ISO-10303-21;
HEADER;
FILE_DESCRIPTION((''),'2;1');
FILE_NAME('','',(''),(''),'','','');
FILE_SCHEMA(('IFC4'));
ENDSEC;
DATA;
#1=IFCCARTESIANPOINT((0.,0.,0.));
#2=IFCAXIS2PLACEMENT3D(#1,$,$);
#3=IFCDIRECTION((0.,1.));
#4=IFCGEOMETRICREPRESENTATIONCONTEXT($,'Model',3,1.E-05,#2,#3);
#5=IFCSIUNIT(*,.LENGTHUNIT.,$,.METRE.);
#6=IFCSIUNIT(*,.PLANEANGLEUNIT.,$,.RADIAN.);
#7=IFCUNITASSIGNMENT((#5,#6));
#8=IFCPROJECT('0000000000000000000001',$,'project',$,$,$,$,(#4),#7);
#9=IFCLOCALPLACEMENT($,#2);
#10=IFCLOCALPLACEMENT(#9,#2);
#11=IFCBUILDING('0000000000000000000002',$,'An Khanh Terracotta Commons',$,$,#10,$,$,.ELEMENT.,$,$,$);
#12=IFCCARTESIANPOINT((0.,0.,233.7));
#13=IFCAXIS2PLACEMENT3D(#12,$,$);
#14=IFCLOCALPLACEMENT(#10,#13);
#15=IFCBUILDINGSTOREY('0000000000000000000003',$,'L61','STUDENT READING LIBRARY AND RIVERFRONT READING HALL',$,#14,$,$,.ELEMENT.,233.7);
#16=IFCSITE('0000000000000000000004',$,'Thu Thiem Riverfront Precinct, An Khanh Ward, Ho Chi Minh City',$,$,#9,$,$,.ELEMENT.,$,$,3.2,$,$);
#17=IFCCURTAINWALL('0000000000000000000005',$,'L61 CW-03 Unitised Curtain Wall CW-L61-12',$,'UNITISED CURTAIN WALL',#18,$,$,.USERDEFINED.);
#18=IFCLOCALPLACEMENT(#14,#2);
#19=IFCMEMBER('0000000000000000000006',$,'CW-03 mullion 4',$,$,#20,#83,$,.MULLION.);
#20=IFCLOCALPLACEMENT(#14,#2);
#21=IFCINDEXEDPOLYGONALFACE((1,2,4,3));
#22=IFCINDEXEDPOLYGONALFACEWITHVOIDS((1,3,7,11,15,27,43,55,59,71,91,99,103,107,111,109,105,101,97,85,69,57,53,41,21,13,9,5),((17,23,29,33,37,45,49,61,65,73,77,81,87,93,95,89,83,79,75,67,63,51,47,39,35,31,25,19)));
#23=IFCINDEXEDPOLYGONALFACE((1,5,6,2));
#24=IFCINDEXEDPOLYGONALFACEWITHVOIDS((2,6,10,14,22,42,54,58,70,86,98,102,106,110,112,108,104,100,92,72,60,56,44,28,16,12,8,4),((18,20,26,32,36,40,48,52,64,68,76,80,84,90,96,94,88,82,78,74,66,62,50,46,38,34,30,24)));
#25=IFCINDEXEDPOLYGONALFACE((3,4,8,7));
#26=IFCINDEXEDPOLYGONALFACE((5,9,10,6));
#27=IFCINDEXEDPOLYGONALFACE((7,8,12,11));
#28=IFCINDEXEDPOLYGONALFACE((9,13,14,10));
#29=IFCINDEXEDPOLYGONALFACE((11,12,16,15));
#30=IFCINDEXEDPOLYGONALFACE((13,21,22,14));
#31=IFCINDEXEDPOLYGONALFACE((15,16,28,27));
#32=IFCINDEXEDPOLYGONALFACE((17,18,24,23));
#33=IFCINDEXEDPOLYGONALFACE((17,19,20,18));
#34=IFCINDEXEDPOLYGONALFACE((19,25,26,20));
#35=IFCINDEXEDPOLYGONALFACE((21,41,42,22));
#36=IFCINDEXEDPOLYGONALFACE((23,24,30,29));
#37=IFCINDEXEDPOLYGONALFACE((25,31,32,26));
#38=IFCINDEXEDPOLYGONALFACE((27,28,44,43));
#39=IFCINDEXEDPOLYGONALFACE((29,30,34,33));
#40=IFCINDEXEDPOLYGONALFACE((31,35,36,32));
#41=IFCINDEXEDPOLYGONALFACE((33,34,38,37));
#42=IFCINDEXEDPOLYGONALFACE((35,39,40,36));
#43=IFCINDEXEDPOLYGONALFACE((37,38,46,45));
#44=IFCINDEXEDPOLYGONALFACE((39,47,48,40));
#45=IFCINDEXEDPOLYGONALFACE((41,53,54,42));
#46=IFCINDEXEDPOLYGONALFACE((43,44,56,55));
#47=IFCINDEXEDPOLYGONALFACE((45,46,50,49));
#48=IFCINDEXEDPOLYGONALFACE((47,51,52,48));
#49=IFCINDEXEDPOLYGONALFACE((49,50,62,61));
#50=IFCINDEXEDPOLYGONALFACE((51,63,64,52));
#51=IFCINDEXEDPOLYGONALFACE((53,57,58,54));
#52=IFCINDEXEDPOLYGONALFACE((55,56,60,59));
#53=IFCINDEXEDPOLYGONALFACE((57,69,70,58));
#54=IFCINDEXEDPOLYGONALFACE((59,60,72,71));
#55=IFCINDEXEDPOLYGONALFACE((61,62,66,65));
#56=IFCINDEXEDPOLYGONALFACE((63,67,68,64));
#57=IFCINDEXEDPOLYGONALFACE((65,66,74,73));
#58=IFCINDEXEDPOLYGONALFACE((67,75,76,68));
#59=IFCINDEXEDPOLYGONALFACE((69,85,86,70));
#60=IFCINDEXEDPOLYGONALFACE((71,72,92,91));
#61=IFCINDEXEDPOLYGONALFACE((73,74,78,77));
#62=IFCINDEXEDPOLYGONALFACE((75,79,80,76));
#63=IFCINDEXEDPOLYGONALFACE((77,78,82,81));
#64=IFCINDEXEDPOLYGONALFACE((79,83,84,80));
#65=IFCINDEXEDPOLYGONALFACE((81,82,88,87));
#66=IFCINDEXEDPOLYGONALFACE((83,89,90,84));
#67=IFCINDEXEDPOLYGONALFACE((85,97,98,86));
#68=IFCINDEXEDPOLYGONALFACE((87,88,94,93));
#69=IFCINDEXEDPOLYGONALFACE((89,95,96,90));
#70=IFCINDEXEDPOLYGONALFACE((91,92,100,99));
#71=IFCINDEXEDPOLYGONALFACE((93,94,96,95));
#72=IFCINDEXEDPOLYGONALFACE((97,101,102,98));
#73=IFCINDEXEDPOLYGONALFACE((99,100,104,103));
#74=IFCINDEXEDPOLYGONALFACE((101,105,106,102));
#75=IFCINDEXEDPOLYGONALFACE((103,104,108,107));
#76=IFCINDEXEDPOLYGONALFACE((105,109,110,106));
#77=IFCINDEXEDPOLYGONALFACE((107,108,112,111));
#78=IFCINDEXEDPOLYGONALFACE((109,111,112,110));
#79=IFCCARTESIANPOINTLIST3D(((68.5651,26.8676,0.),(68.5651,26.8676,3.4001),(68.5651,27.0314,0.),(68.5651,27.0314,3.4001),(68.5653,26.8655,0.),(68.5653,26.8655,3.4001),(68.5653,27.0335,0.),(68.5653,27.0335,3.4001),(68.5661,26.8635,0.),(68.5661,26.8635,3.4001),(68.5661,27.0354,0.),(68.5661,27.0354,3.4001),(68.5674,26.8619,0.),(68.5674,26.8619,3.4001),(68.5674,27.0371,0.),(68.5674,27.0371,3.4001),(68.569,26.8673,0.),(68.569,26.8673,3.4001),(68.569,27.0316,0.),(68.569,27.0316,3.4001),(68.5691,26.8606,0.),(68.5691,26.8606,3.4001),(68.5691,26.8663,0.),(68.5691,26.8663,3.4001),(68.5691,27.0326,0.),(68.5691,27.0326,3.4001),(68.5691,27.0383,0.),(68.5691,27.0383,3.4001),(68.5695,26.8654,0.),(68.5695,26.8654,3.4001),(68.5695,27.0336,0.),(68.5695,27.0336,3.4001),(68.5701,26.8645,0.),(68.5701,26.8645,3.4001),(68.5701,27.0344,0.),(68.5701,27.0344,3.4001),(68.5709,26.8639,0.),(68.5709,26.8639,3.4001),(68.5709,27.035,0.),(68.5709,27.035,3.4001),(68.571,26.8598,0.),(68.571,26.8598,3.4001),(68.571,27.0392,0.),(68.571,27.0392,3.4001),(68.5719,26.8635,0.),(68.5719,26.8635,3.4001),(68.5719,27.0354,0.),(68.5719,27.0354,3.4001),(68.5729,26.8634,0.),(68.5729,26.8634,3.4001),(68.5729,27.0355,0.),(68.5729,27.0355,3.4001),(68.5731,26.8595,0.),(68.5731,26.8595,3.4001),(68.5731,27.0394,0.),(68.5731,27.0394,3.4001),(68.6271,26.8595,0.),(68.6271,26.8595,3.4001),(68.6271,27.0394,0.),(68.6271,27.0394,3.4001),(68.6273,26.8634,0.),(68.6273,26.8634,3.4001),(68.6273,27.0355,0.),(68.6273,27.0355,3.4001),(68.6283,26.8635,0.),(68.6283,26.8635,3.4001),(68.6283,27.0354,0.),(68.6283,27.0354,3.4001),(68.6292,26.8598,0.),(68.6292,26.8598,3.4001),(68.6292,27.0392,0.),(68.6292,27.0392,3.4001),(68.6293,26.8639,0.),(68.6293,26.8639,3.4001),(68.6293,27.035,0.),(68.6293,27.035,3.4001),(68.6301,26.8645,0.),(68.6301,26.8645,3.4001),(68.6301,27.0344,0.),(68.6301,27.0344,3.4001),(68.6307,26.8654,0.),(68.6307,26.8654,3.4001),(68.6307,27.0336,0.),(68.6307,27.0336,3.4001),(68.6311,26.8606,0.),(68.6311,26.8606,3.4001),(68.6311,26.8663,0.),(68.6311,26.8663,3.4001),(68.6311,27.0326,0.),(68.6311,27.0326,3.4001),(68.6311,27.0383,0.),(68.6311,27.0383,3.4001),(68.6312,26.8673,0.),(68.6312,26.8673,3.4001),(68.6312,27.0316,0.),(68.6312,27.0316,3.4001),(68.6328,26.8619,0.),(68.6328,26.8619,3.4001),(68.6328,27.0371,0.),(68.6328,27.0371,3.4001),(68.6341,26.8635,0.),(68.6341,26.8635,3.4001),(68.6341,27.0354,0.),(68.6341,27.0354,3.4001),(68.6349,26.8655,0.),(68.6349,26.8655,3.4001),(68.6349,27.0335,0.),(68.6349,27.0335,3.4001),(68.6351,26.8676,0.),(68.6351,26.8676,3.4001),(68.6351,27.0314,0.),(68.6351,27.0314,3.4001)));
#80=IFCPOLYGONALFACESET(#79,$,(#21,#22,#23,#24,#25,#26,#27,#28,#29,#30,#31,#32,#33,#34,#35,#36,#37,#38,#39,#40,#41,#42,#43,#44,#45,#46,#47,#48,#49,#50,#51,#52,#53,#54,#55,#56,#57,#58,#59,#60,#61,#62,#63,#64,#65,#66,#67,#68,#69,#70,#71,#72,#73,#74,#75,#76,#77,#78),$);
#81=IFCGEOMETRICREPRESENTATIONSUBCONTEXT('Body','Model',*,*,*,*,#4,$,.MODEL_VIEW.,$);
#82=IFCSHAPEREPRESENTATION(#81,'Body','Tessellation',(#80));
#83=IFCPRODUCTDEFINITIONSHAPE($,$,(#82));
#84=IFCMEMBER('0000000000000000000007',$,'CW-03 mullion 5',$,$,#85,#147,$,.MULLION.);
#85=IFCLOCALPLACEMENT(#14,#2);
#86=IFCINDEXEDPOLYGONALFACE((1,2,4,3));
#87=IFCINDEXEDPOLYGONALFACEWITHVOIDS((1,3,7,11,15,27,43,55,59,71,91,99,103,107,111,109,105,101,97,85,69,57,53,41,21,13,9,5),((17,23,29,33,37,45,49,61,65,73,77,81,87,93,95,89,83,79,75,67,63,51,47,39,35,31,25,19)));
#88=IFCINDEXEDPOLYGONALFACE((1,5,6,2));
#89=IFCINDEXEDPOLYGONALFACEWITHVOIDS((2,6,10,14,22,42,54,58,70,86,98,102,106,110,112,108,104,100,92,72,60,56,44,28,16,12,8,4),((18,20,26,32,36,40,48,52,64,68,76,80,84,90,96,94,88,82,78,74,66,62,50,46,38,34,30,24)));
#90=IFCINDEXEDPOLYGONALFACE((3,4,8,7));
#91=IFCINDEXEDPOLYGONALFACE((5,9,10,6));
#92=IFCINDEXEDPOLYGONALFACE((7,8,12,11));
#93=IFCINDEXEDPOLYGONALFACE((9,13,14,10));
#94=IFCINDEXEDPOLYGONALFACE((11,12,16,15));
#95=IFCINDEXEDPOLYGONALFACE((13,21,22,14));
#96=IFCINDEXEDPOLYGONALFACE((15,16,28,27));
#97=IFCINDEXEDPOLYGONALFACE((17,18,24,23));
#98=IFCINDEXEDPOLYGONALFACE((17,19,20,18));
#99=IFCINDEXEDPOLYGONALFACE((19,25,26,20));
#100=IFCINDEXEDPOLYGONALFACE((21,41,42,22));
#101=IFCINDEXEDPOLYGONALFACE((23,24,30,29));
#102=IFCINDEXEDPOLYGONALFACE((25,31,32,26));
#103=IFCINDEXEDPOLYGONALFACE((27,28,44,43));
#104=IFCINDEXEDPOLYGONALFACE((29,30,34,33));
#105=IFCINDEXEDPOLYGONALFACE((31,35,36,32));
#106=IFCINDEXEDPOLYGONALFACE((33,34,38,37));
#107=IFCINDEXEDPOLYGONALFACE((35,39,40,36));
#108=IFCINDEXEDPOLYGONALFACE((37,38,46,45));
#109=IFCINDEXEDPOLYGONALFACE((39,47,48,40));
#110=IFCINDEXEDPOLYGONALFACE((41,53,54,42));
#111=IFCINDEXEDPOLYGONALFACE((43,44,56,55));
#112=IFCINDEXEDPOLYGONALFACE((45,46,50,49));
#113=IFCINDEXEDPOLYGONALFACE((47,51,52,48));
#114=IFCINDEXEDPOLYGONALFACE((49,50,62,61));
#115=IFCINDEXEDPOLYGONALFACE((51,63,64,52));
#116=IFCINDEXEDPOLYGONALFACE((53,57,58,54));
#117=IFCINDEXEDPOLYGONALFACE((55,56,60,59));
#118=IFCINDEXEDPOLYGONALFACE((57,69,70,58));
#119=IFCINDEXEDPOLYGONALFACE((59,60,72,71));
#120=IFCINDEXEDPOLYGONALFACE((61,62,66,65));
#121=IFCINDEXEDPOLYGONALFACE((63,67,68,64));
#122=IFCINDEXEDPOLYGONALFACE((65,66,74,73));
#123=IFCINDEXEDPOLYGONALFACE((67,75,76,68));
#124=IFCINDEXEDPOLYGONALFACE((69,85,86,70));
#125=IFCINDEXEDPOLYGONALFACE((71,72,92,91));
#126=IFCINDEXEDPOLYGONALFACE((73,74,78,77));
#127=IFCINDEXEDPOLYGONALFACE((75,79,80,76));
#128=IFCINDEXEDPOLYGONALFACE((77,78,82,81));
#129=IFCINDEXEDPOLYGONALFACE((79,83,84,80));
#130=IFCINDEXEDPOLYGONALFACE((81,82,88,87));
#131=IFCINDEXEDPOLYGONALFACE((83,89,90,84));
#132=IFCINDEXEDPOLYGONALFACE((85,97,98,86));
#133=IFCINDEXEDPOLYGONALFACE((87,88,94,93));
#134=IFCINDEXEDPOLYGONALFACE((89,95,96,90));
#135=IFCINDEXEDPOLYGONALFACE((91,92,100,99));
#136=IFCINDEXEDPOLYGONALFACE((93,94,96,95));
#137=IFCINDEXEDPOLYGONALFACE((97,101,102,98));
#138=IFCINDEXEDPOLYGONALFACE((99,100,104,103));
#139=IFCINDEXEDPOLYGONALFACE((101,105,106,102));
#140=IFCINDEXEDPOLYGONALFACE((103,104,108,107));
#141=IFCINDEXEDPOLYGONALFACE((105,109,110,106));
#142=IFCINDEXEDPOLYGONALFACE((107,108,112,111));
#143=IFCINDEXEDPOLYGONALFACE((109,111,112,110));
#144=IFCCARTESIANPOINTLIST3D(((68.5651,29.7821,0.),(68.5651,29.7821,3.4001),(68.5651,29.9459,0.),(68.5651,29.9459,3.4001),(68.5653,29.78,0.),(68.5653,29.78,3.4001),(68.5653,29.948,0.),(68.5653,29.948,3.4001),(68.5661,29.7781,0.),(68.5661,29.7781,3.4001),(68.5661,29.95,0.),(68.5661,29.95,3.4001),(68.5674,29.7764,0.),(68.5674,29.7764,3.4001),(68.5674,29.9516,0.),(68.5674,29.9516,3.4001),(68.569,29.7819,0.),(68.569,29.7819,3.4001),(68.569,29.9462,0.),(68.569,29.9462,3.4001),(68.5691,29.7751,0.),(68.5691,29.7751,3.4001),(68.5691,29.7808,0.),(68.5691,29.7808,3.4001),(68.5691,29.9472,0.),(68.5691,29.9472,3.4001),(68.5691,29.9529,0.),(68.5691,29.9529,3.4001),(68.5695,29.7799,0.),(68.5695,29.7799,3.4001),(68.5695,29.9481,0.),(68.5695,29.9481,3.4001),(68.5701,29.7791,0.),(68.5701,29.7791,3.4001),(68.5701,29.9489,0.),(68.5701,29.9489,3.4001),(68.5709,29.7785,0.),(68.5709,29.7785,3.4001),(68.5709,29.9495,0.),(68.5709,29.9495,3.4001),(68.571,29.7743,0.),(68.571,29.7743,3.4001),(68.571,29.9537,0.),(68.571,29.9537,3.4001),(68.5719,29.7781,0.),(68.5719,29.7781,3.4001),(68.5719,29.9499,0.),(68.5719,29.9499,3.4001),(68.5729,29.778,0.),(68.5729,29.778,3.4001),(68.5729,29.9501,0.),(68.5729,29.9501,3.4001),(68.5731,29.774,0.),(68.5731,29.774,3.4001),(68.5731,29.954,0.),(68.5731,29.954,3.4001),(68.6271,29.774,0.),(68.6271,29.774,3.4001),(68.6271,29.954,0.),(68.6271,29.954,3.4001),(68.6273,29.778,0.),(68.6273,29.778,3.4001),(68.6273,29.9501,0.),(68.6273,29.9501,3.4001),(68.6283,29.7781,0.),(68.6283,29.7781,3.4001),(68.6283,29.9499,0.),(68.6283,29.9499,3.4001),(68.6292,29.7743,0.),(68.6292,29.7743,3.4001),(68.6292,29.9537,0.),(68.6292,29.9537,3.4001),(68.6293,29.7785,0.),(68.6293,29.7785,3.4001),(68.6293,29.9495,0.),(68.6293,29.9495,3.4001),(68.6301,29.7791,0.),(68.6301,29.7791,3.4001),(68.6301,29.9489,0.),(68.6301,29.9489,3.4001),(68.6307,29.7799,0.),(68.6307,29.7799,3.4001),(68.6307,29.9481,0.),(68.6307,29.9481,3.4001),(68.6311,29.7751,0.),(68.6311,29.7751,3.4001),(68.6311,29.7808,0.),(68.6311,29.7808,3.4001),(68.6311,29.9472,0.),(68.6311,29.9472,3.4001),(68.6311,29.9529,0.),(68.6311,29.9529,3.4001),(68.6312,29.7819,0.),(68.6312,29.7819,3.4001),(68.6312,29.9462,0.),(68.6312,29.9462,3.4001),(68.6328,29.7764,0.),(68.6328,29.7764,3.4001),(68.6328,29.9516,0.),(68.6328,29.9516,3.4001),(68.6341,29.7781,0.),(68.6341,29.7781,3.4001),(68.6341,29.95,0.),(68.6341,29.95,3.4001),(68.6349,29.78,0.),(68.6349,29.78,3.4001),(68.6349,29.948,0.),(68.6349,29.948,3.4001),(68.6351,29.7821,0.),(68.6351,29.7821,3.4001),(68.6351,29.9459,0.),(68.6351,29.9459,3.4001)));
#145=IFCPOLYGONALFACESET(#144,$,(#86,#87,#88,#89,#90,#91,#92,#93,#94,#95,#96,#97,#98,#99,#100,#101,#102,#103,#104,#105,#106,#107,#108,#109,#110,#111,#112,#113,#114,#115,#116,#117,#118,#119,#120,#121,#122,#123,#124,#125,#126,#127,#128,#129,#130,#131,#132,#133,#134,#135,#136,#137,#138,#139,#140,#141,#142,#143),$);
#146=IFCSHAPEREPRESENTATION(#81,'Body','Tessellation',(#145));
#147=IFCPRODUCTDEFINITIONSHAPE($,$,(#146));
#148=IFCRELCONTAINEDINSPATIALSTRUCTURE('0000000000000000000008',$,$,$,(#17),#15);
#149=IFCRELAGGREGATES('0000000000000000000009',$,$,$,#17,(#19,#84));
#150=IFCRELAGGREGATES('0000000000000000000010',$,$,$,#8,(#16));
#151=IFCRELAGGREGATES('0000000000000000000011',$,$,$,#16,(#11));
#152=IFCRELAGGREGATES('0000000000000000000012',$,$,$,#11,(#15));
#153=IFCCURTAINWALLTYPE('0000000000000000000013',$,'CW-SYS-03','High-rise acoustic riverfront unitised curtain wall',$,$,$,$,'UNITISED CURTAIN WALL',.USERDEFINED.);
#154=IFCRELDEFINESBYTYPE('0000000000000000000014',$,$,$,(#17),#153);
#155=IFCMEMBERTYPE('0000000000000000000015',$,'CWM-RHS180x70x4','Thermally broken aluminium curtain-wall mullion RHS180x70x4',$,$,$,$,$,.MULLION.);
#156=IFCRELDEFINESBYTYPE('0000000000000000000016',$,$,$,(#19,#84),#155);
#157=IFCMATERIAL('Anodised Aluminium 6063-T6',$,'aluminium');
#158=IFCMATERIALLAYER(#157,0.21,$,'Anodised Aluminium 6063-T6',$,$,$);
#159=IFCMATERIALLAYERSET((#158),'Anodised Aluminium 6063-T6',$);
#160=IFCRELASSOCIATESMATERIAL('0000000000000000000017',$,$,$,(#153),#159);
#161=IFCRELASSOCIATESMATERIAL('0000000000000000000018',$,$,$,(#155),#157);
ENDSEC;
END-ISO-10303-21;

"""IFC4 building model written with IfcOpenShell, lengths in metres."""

from ifc_helpers import new_model, si_unit, direction, frame, origin, origin_2d, place, context, subcontext, project, spatial, hollow_rectangle, extrude, material, layer, layer_set, material_profile, profile_set, type_object, element, aggregate, save


model = new_model("IFC4")

# Units and contexts
model_context = context("Model", 3, precision=1e-05, world=origin(), true_north=direction((0.0, 1.0)))
body_context = subcontext(model_context, "Body", "Model", "MODEL_VIEW")
ifc_project = project(units=[si_unit("LENGTHUNIT", "METRE"), si_unit("PLANEANGLEUNIT", "RADIAN")], contexts=[model_context])

# Site, building, storey
site_placement = place(None, origin())
site = spatial("IfcSite", under=ifc_project, at=site_placement, Name="Thu Thiem Riverfront Precinct, An Khanh Ward, Ho Chi Minh City", CompositionType="ELEMENT", RefElevation=3.2)
building_placement = place(site_placement, origin())
building = spatial("IfcBuilding", under=site, at=building_placement, Name="An Khanh Terracotta Commons", CompositionType="ELEMENT")
storey_placement = place(building_placement, frame((0.0, 0.0, 233.7)))
storey = spatial("IfcBuildingStorey", under=building, at=storey_placement, Name="L61", Description="STUDENT READING LIBRARY AND RIVERFRONT READING HALL", CompositionType="ELEMENT", Elevation=233.7)

# Curtain wall, members
ifc_material_1 = material(Name="Anodised Aluminium 6063-T6", Category="aluminium")
ifc_layer_1 = layer(ifc_material_1, 0.21, Name="Anodised Aluminium 6063-T6")
ifc_layer_set_1 = layer_set([ifc_layer_1], Name="Anodised Aluminium 6063-T6")
curtain_wall_type = type_object("IfcCurtainWallType", Name="CW-SYS-03", Description="High-rise acoustic riverfront unitised curtain wall", ElementType="UNITISED CURTAIN WALL", PredefinedType="USERDEFINED", material=ifc_layer_set_1)
curtain_wall_1_placement = place(storey_placement, origin())
curtain_wall_1 = element("IfcCurtainWall", 1, at=curtain_wall_1_placement, inside=storey, type_object=curtain_wall_type, Name="L61 CW-03 Unitised Curtain Wall CW-L61-12", ObjectType="UNITISED CURTAIN WALL", PredefinedType="USERDEFINED")
ifc_material_profile_1 = material_profile(ifc_material_1, hollow_rectangle(XDim=0.0701, YDim=0.1799, WallThickness=0.0039, InnerFilletRadius=0.0039, OuterFilletRadius=0.0081, at=origin_2d()), Name="RHS180x70x4")
ifc_profile_set_1 = profile_set([ifc_material_profile_1], Name="Anodised Aluminium 6063-T6")
member_type_1 = type_object("IfcMemberType", Name="CWM-RHS180x70x4", Description="Thermally broken aluminium curtain-wall mullion RHS180x70x4", PredefinedType="MULLION", material=ifc_profile_set_1)
member_1_placement = place(storey_placement, frame((68.6001, 26.9495, 0.0), z_axis=(0.0, 0.0, 1.0), x_axis=(-1.0, 0.0, 0.0)))
member_1 = element("IfcMember", 2, at=member_1_placement, type_object=member_type_1, Name="CW-03 mullion 4", PredefinedType="MULLION", context=body_context, shape_type="SweptSolid", body=[
    extrude(hollow_rectangle(XDim=0.0701, YDim=0.1799, WallThickness=0.0039, InnerFilletRadius=0.0039, OuterFilletRadius=0.0081, at=origin_2d()), origin(), (0.0, 0.0, 1.0), 3.4001),
])
member_2_placement = place(storey_placement, frame((68.6001, 29.864, 0.0), z_axis=(0.0, 0.0, 1.0), x_axis=(-1.0, 0.0, 0.0)))
member_2 = element("IfcMember", 3, at=member_2_placement, type_object=member_type_1, Name="CW-03 mullion 5", PredefinedType="MULLION", context=body_context, shape_type="SweptSolid", body=[
    extrude(hollow_rectangle(XDim=0.0701, YDim=0.1799, WallThickness=0.0039, InnerFilletRadius=0.0039, OuterFilletRadius=0.0081, at=origin_2d()), origin(), (0.0, 0.0, 1.0), 3.4001),
])

aggregate(curtain_wall_1, [member_1, member_2])

save(model, "model.ifc")
